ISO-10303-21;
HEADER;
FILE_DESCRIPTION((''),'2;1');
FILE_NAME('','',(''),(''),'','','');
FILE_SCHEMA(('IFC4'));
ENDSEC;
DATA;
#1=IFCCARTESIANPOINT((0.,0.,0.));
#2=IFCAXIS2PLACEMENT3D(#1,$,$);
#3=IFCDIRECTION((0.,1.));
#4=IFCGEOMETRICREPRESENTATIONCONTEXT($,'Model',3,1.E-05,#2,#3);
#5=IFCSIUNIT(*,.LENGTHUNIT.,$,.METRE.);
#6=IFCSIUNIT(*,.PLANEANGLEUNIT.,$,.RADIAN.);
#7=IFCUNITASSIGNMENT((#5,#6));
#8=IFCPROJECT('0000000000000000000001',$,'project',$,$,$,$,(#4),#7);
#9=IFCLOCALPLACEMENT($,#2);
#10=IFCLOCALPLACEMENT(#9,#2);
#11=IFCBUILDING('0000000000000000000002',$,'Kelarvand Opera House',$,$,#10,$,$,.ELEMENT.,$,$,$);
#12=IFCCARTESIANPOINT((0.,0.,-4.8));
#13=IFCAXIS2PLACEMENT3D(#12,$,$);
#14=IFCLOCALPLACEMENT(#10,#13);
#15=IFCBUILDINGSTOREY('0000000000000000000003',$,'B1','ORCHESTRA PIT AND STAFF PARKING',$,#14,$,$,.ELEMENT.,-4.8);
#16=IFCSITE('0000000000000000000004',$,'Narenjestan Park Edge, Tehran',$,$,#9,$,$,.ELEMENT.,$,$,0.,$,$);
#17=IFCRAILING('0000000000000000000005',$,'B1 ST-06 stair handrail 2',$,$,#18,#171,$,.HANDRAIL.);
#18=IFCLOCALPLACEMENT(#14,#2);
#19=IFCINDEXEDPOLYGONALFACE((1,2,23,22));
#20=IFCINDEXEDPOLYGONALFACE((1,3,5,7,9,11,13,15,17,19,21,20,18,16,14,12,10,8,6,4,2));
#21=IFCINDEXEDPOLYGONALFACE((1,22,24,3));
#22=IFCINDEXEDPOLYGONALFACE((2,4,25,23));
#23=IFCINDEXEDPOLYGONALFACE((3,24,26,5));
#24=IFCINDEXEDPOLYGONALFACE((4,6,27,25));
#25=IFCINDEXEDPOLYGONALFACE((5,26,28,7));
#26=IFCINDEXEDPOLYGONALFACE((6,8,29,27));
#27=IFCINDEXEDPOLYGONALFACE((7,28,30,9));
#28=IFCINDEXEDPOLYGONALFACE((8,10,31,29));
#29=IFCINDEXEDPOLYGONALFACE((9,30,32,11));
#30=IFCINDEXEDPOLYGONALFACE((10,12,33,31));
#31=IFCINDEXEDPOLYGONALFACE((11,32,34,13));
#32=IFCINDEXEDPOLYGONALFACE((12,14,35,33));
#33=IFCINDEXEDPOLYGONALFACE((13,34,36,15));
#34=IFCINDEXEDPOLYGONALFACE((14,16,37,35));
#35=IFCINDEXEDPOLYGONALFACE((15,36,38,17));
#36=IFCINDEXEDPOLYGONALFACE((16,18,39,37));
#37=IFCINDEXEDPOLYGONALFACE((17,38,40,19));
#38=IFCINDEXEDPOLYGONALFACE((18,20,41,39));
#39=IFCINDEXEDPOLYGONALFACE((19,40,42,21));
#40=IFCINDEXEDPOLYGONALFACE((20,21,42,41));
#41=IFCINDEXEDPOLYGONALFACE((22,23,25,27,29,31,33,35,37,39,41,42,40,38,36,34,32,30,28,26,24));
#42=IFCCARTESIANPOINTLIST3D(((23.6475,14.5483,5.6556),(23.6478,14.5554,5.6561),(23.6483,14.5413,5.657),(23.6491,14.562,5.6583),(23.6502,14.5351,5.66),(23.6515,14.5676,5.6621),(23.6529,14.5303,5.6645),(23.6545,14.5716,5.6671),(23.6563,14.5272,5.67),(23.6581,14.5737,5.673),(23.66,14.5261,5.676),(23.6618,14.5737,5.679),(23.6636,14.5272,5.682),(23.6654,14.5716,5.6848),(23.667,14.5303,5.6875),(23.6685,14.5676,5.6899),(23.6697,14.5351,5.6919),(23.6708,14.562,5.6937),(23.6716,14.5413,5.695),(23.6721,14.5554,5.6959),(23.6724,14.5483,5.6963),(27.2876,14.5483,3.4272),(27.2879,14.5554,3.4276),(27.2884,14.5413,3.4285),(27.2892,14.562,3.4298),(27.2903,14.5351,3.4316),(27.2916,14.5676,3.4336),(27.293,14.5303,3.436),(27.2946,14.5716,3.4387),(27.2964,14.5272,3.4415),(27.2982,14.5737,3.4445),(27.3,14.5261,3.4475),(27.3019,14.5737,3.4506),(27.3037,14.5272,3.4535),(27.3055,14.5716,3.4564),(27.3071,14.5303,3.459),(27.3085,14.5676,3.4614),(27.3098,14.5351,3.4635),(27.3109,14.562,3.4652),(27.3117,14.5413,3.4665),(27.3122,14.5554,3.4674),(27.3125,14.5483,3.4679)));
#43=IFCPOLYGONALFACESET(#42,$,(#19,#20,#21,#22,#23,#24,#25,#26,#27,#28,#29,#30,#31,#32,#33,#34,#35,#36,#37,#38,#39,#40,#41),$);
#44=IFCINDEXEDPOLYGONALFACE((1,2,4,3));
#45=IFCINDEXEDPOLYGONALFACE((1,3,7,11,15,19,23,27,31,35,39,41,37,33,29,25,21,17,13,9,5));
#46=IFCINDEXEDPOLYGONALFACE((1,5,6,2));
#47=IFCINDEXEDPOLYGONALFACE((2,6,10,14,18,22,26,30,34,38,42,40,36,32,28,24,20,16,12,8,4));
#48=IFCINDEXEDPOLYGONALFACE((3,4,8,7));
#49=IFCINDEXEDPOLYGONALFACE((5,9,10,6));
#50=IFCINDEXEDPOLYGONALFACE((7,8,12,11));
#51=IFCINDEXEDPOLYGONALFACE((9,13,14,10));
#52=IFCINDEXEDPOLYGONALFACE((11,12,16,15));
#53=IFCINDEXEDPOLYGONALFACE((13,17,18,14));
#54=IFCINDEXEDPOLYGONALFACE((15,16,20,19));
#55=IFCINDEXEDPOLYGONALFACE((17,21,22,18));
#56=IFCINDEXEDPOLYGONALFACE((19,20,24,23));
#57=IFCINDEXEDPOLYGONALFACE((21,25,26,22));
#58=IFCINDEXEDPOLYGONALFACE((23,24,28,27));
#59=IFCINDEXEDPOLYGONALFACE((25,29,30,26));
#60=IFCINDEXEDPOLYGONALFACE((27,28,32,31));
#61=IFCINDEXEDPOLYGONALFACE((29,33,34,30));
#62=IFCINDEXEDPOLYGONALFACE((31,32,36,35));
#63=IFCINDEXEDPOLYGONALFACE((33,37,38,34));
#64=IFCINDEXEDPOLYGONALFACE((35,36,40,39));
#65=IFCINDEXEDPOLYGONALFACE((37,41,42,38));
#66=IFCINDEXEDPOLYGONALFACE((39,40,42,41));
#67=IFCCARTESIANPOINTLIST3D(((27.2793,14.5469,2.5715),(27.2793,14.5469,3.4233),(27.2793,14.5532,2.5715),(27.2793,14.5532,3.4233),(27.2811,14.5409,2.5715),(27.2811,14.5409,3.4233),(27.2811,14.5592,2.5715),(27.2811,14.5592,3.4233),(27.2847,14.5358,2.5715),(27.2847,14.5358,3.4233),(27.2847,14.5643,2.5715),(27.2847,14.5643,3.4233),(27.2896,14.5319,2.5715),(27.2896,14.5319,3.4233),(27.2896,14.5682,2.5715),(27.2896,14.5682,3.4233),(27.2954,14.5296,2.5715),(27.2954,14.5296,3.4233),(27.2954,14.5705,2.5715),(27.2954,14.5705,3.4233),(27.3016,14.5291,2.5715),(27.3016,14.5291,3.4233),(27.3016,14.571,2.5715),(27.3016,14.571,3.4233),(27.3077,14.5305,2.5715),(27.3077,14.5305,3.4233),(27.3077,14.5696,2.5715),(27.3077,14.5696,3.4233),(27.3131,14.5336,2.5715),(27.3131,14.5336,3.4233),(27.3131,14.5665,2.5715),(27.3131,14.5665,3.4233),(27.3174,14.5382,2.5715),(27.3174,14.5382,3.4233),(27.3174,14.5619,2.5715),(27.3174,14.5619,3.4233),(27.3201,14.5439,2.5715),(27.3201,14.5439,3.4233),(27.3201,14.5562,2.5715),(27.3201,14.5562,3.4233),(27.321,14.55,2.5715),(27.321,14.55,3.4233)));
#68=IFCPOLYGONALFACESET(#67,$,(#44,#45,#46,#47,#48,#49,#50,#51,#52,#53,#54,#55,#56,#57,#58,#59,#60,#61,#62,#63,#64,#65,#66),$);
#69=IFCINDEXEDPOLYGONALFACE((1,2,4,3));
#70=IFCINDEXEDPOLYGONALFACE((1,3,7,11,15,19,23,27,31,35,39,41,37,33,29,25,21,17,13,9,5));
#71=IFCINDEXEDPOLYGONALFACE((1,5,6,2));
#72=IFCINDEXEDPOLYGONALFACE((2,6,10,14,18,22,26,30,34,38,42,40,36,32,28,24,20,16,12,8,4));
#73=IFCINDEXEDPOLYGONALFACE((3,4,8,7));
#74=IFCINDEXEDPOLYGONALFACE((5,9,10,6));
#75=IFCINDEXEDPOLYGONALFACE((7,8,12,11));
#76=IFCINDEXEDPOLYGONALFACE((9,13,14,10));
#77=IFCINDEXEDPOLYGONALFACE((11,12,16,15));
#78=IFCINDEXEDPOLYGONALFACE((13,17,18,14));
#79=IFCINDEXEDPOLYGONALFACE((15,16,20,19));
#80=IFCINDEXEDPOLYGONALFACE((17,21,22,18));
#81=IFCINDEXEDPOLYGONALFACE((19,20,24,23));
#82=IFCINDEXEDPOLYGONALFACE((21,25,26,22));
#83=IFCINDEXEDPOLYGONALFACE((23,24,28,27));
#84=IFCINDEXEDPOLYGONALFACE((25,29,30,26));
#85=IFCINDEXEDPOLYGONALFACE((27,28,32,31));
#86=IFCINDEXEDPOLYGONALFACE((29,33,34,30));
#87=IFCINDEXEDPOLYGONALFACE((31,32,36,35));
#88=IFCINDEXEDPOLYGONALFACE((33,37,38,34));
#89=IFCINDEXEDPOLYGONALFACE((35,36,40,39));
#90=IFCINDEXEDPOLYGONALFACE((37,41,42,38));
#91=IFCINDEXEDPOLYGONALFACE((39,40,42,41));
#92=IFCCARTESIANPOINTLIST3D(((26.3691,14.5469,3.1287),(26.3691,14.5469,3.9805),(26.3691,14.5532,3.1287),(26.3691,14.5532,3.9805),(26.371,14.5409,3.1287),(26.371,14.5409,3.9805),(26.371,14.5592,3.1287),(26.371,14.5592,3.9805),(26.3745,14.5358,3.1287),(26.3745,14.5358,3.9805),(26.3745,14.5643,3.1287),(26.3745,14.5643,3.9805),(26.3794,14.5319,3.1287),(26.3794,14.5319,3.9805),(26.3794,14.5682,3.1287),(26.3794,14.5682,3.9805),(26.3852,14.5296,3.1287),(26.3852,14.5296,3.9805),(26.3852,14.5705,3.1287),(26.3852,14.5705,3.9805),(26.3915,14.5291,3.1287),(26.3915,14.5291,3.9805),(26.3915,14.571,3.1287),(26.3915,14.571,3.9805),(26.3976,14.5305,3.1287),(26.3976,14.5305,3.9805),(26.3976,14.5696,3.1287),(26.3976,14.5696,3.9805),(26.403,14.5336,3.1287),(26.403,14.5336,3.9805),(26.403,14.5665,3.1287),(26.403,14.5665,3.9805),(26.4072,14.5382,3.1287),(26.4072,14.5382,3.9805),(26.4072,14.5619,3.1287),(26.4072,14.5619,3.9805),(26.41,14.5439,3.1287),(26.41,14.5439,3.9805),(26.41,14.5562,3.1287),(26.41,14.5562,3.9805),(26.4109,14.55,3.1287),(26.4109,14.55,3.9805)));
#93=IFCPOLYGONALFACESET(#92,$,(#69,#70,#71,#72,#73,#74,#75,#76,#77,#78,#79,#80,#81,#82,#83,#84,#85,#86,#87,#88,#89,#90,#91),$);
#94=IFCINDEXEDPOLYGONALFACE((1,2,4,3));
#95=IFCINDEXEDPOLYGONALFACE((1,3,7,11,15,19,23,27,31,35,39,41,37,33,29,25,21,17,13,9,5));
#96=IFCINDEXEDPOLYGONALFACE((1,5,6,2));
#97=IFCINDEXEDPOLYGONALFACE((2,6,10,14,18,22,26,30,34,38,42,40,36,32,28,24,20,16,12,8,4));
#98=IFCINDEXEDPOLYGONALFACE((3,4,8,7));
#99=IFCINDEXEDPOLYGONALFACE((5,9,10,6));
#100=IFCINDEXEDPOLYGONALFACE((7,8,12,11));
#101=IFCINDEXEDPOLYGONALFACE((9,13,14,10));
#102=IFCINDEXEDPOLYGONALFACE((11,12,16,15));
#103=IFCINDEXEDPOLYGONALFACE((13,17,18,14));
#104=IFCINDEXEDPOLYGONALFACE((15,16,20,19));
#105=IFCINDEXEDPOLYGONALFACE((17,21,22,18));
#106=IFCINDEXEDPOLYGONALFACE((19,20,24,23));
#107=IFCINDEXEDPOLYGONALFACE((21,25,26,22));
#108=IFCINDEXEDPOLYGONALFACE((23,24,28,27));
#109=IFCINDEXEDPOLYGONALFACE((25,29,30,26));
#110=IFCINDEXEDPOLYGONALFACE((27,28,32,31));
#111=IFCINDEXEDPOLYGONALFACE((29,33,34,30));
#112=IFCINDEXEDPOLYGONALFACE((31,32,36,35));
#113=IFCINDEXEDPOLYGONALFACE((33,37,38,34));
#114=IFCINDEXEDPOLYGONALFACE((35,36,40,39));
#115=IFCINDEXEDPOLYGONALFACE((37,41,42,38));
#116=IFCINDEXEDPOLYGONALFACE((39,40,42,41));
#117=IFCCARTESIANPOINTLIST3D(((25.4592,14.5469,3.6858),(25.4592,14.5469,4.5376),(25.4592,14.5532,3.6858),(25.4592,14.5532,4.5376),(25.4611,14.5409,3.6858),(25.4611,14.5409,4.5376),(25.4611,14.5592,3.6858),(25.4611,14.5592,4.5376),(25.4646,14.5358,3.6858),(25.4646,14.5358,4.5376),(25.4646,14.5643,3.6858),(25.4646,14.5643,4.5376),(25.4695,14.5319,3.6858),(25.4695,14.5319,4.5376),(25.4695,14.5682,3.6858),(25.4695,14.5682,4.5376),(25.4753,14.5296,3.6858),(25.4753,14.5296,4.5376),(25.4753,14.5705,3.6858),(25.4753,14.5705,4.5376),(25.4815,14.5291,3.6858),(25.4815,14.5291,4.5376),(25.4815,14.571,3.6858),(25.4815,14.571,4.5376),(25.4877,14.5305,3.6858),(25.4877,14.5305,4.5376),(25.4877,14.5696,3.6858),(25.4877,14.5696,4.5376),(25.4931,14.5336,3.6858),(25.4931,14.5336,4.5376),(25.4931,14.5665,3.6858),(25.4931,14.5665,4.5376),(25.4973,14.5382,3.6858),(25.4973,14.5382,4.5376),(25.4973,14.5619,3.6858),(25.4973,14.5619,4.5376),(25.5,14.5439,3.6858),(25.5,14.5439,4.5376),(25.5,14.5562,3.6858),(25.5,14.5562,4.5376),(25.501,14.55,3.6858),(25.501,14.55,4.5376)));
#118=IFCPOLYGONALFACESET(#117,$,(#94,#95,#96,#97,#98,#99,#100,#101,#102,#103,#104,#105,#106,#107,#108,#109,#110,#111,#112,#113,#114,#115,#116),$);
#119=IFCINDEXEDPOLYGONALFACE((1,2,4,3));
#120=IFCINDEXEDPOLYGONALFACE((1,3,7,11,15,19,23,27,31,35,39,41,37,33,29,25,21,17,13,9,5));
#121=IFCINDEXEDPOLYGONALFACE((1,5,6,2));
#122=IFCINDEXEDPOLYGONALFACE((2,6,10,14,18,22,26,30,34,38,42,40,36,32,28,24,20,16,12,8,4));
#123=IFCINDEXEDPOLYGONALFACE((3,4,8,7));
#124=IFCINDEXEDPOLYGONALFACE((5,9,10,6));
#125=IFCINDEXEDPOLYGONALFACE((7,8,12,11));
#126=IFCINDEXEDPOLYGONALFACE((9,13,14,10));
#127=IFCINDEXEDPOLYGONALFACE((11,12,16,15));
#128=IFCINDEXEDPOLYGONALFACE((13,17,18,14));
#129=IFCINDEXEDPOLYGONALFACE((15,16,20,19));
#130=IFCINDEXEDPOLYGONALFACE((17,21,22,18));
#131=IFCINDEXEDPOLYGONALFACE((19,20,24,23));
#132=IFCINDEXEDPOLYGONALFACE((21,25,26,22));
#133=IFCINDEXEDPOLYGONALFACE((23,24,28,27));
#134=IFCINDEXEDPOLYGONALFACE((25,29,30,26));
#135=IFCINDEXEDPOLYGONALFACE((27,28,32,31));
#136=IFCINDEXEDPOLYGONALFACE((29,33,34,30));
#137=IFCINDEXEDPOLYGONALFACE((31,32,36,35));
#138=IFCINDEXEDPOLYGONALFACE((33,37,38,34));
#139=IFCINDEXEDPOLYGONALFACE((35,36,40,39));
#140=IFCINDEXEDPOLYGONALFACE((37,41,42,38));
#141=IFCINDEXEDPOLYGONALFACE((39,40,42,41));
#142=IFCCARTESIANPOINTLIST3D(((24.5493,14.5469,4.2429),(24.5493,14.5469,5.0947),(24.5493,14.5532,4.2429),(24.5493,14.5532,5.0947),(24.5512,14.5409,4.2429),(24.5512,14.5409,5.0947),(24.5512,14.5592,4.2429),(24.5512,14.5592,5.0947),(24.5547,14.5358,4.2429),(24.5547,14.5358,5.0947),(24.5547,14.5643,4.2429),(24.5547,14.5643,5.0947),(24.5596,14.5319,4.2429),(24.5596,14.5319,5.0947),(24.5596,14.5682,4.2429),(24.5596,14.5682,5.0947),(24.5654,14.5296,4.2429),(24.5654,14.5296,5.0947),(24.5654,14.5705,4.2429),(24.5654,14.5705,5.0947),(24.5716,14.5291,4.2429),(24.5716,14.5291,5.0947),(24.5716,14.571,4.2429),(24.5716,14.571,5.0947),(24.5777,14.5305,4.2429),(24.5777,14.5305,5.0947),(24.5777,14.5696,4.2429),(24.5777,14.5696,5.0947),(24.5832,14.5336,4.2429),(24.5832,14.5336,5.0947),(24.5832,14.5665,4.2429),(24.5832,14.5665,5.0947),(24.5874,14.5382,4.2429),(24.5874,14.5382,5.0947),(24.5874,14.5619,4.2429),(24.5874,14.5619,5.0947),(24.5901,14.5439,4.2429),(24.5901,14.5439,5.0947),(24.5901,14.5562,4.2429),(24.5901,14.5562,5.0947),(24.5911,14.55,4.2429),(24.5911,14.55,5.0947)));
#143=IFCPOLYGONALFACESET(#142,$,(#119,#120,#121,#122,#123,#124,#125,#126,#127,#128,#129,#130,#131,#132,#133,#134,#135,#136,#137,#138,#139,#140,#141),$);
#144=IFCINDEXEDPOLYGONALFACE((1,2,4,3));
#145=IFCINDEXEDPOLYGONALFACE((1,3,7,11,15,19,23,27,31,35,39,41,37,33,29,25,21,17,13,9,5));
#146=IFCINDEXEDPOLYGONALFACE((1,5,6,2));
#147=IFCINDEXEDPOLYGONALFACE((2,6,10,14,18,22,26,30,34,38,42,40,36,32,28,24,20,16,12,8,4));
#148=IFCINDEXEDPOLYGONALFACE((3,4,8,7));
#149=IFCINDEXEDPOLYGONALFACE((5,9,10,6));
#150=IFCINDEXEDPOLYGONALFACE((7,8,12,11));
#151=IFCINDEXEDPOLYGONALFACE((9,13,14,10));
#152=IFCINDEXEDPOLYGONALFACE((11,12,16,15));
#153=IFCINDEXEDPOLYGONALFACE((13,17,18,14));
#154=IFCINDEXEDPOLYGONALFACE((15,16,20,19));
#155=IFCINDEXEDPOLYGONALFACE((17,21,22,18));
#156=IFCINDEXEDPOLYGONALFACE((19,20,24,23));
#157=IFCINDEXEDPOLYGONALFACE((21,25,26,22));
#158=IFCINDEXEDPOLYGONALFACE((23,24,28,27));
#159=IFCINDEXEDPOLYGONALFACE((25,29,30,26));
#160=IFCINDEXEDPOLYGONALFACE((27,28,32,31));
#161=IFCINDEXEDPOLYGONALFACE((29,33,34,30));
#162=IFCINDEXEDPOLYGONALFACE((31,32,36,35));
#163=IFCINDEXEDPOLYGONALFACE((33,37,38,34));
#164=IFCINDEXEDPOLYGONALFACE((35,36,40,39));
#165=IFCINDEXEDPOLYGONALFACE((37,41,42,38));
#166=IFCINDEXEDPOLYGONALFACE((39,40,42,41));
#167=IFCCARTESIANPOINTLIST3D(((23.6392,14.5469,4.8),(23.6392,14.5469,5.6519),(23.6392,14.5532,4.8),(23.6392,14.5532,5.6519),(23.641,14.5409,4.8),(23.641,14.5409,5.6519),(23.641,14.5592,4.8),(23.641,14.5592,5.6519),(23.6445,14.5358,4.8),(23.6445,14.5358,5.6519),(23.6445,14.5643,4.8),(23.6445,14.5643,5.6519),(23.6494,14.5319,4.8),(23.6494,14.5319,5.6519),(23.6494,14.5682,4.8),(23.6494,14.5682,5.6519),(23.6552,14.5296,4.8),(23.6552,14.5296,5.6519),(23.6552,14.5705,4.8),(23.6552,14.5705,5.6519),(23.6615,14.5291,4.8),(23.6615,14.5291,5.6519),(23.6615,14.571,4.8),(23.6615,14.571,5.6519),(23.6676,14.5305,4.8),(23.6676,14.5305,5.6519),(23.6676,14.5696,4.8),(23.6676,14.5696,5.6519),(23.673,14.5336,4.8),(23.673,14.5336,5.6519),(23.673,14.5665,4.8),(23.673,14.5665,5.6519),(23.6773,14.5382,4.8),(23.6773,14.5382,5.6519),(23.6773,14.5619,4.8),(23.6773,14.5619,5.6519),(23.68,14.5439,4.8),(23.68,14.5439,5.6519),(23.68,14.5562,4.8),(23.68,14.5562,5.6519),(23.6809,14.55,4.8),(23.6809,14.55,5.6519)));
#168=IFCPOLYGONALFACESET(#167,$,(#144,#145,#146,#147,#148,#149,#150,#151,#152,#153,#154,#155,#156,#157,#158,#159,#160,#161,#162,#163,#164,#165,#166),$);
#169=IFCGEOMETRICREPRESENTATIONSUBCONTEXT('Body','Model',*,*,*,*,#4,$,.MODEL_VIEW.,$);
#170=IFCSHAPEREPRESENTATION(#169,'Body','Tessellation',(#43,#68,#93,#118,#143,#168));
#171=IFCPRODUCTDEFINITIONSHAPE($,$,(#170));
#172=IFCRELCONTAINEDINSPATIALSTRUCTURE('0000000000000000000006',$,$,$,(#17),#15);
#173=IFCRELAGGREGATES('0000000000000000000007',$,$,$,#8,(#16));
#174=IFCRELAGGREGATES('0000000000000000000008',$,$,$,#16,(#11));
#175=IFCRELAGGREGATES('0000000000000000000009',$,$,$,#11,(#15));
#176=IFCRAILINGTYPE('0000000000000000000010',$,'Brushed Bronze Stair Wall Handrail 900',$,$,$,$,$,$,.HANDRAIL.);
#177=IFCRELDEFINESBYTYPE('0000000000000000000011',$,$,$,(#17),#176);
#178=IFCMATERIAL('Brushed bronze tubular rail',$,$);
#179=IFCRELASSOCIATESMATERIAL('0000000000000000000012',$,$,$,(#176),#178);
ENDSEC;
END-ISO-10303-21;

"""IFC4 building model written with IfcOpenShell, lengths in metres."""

from ifc_helpers import new_model, si_unit, direction, frame, origin, origin_2d, place, context, subcontext, project, spatial, circle, extrude, material, type_object, element, save


model = new_model("IFC4")

# Units and contexts
model_context = context("Model", 3, precision=1e-05, world=origin(), true_north=direction((0.0, 1.0)))
body_context = subcontext(model_context, "Body", "Model", "MODEL_VIEW")
ifc_project = project(units=[si_unit("LENGTHUNIT", "METRE"), si_unit("PLANEANGLEUNIT", "RADIAN")], contexts=[model_context])

# Site, building, storey
site_placement = place(None, origin())
site = spatial("IfcSite", under=ifc_project, at=site_placement, Name="Narenjestan Park Edge, Tehran", CompositionType="ELEMENT", RefElevation=0.0)
building_placement = place(site_placement, origin())
building = spatial("IfcBuilding", under=site, at=building_placement, Name="Kelarvand Opera House", CompositionType="ELEMENT")
storey_placement = place(building_placement, frame((0.0, 0.0, -4.8)))
storey = spatial("IfcBuildingStorey", under=building, at=storey_placement, Name="B1", Description="ORCHESTRA PIT AND STAFF PARKING", CompositionType="ELEMENT", Elevation=-4.8)

# Railing
ifc_material_1 = material(Name="Brushed bronze tubular rail")
railing_type_1 = type_object("IfcRailingType", Name="Brushed Bronze Stair Wall Handrail 900", PredefinedType="HANDRAIL", material=ifc_material_1)
railing_1_placement = place(storey_placement, frame((27.3, 14.55, 2.5715)))
element("IfcRailing", 1, at=railing_1_placement, inside=storey, type_object=railing_type_1, Name="B1 ST-06 stair handrail 2", PredefinedType="HANDRAIL", context=body_context, shape_type="SweptSolid", body=[
    extrude(circle(Radius=0.0239, at=origin_2d()), frame((0.0, 0.0, 0.876), z_axis=(-0.852866, 0.0, 0.52213), x_axis=(0.0, -1.0, 0.0)), (0.0, 0.0, 1.0), 4.2681),
    extrude(circle(Radius=0.021, at=origin_2d()), origin(), (0.0, 0.0, 1.0), 0.8518),
    extrude(circle(Radius=0.021, at=origin_2d()), frame((-0.9102, 0.0, 0.5571)), (0.0, 0.0, 1.0), 0.8518),
    extrude(circle(Radius=0.021, at=origin_2d()), frame((-1.8201, 0.0, 1.1143)), (0.0, 0.0, 1.0), 0.8518),
    extrude(circle(Radius=0.021, at=origin_2d()), frame((-2.73, 0.0, 1.6714)), (0.0, 0.0, 1.0), 0.8518),
    extrude(circle(Radius=0.021, at=origin_2d()), frame((-3.6401, 0.0, 2.2285)), (0.0, 0.0, 1.0), 0.8518),
])

save(model, "model.ifc")
